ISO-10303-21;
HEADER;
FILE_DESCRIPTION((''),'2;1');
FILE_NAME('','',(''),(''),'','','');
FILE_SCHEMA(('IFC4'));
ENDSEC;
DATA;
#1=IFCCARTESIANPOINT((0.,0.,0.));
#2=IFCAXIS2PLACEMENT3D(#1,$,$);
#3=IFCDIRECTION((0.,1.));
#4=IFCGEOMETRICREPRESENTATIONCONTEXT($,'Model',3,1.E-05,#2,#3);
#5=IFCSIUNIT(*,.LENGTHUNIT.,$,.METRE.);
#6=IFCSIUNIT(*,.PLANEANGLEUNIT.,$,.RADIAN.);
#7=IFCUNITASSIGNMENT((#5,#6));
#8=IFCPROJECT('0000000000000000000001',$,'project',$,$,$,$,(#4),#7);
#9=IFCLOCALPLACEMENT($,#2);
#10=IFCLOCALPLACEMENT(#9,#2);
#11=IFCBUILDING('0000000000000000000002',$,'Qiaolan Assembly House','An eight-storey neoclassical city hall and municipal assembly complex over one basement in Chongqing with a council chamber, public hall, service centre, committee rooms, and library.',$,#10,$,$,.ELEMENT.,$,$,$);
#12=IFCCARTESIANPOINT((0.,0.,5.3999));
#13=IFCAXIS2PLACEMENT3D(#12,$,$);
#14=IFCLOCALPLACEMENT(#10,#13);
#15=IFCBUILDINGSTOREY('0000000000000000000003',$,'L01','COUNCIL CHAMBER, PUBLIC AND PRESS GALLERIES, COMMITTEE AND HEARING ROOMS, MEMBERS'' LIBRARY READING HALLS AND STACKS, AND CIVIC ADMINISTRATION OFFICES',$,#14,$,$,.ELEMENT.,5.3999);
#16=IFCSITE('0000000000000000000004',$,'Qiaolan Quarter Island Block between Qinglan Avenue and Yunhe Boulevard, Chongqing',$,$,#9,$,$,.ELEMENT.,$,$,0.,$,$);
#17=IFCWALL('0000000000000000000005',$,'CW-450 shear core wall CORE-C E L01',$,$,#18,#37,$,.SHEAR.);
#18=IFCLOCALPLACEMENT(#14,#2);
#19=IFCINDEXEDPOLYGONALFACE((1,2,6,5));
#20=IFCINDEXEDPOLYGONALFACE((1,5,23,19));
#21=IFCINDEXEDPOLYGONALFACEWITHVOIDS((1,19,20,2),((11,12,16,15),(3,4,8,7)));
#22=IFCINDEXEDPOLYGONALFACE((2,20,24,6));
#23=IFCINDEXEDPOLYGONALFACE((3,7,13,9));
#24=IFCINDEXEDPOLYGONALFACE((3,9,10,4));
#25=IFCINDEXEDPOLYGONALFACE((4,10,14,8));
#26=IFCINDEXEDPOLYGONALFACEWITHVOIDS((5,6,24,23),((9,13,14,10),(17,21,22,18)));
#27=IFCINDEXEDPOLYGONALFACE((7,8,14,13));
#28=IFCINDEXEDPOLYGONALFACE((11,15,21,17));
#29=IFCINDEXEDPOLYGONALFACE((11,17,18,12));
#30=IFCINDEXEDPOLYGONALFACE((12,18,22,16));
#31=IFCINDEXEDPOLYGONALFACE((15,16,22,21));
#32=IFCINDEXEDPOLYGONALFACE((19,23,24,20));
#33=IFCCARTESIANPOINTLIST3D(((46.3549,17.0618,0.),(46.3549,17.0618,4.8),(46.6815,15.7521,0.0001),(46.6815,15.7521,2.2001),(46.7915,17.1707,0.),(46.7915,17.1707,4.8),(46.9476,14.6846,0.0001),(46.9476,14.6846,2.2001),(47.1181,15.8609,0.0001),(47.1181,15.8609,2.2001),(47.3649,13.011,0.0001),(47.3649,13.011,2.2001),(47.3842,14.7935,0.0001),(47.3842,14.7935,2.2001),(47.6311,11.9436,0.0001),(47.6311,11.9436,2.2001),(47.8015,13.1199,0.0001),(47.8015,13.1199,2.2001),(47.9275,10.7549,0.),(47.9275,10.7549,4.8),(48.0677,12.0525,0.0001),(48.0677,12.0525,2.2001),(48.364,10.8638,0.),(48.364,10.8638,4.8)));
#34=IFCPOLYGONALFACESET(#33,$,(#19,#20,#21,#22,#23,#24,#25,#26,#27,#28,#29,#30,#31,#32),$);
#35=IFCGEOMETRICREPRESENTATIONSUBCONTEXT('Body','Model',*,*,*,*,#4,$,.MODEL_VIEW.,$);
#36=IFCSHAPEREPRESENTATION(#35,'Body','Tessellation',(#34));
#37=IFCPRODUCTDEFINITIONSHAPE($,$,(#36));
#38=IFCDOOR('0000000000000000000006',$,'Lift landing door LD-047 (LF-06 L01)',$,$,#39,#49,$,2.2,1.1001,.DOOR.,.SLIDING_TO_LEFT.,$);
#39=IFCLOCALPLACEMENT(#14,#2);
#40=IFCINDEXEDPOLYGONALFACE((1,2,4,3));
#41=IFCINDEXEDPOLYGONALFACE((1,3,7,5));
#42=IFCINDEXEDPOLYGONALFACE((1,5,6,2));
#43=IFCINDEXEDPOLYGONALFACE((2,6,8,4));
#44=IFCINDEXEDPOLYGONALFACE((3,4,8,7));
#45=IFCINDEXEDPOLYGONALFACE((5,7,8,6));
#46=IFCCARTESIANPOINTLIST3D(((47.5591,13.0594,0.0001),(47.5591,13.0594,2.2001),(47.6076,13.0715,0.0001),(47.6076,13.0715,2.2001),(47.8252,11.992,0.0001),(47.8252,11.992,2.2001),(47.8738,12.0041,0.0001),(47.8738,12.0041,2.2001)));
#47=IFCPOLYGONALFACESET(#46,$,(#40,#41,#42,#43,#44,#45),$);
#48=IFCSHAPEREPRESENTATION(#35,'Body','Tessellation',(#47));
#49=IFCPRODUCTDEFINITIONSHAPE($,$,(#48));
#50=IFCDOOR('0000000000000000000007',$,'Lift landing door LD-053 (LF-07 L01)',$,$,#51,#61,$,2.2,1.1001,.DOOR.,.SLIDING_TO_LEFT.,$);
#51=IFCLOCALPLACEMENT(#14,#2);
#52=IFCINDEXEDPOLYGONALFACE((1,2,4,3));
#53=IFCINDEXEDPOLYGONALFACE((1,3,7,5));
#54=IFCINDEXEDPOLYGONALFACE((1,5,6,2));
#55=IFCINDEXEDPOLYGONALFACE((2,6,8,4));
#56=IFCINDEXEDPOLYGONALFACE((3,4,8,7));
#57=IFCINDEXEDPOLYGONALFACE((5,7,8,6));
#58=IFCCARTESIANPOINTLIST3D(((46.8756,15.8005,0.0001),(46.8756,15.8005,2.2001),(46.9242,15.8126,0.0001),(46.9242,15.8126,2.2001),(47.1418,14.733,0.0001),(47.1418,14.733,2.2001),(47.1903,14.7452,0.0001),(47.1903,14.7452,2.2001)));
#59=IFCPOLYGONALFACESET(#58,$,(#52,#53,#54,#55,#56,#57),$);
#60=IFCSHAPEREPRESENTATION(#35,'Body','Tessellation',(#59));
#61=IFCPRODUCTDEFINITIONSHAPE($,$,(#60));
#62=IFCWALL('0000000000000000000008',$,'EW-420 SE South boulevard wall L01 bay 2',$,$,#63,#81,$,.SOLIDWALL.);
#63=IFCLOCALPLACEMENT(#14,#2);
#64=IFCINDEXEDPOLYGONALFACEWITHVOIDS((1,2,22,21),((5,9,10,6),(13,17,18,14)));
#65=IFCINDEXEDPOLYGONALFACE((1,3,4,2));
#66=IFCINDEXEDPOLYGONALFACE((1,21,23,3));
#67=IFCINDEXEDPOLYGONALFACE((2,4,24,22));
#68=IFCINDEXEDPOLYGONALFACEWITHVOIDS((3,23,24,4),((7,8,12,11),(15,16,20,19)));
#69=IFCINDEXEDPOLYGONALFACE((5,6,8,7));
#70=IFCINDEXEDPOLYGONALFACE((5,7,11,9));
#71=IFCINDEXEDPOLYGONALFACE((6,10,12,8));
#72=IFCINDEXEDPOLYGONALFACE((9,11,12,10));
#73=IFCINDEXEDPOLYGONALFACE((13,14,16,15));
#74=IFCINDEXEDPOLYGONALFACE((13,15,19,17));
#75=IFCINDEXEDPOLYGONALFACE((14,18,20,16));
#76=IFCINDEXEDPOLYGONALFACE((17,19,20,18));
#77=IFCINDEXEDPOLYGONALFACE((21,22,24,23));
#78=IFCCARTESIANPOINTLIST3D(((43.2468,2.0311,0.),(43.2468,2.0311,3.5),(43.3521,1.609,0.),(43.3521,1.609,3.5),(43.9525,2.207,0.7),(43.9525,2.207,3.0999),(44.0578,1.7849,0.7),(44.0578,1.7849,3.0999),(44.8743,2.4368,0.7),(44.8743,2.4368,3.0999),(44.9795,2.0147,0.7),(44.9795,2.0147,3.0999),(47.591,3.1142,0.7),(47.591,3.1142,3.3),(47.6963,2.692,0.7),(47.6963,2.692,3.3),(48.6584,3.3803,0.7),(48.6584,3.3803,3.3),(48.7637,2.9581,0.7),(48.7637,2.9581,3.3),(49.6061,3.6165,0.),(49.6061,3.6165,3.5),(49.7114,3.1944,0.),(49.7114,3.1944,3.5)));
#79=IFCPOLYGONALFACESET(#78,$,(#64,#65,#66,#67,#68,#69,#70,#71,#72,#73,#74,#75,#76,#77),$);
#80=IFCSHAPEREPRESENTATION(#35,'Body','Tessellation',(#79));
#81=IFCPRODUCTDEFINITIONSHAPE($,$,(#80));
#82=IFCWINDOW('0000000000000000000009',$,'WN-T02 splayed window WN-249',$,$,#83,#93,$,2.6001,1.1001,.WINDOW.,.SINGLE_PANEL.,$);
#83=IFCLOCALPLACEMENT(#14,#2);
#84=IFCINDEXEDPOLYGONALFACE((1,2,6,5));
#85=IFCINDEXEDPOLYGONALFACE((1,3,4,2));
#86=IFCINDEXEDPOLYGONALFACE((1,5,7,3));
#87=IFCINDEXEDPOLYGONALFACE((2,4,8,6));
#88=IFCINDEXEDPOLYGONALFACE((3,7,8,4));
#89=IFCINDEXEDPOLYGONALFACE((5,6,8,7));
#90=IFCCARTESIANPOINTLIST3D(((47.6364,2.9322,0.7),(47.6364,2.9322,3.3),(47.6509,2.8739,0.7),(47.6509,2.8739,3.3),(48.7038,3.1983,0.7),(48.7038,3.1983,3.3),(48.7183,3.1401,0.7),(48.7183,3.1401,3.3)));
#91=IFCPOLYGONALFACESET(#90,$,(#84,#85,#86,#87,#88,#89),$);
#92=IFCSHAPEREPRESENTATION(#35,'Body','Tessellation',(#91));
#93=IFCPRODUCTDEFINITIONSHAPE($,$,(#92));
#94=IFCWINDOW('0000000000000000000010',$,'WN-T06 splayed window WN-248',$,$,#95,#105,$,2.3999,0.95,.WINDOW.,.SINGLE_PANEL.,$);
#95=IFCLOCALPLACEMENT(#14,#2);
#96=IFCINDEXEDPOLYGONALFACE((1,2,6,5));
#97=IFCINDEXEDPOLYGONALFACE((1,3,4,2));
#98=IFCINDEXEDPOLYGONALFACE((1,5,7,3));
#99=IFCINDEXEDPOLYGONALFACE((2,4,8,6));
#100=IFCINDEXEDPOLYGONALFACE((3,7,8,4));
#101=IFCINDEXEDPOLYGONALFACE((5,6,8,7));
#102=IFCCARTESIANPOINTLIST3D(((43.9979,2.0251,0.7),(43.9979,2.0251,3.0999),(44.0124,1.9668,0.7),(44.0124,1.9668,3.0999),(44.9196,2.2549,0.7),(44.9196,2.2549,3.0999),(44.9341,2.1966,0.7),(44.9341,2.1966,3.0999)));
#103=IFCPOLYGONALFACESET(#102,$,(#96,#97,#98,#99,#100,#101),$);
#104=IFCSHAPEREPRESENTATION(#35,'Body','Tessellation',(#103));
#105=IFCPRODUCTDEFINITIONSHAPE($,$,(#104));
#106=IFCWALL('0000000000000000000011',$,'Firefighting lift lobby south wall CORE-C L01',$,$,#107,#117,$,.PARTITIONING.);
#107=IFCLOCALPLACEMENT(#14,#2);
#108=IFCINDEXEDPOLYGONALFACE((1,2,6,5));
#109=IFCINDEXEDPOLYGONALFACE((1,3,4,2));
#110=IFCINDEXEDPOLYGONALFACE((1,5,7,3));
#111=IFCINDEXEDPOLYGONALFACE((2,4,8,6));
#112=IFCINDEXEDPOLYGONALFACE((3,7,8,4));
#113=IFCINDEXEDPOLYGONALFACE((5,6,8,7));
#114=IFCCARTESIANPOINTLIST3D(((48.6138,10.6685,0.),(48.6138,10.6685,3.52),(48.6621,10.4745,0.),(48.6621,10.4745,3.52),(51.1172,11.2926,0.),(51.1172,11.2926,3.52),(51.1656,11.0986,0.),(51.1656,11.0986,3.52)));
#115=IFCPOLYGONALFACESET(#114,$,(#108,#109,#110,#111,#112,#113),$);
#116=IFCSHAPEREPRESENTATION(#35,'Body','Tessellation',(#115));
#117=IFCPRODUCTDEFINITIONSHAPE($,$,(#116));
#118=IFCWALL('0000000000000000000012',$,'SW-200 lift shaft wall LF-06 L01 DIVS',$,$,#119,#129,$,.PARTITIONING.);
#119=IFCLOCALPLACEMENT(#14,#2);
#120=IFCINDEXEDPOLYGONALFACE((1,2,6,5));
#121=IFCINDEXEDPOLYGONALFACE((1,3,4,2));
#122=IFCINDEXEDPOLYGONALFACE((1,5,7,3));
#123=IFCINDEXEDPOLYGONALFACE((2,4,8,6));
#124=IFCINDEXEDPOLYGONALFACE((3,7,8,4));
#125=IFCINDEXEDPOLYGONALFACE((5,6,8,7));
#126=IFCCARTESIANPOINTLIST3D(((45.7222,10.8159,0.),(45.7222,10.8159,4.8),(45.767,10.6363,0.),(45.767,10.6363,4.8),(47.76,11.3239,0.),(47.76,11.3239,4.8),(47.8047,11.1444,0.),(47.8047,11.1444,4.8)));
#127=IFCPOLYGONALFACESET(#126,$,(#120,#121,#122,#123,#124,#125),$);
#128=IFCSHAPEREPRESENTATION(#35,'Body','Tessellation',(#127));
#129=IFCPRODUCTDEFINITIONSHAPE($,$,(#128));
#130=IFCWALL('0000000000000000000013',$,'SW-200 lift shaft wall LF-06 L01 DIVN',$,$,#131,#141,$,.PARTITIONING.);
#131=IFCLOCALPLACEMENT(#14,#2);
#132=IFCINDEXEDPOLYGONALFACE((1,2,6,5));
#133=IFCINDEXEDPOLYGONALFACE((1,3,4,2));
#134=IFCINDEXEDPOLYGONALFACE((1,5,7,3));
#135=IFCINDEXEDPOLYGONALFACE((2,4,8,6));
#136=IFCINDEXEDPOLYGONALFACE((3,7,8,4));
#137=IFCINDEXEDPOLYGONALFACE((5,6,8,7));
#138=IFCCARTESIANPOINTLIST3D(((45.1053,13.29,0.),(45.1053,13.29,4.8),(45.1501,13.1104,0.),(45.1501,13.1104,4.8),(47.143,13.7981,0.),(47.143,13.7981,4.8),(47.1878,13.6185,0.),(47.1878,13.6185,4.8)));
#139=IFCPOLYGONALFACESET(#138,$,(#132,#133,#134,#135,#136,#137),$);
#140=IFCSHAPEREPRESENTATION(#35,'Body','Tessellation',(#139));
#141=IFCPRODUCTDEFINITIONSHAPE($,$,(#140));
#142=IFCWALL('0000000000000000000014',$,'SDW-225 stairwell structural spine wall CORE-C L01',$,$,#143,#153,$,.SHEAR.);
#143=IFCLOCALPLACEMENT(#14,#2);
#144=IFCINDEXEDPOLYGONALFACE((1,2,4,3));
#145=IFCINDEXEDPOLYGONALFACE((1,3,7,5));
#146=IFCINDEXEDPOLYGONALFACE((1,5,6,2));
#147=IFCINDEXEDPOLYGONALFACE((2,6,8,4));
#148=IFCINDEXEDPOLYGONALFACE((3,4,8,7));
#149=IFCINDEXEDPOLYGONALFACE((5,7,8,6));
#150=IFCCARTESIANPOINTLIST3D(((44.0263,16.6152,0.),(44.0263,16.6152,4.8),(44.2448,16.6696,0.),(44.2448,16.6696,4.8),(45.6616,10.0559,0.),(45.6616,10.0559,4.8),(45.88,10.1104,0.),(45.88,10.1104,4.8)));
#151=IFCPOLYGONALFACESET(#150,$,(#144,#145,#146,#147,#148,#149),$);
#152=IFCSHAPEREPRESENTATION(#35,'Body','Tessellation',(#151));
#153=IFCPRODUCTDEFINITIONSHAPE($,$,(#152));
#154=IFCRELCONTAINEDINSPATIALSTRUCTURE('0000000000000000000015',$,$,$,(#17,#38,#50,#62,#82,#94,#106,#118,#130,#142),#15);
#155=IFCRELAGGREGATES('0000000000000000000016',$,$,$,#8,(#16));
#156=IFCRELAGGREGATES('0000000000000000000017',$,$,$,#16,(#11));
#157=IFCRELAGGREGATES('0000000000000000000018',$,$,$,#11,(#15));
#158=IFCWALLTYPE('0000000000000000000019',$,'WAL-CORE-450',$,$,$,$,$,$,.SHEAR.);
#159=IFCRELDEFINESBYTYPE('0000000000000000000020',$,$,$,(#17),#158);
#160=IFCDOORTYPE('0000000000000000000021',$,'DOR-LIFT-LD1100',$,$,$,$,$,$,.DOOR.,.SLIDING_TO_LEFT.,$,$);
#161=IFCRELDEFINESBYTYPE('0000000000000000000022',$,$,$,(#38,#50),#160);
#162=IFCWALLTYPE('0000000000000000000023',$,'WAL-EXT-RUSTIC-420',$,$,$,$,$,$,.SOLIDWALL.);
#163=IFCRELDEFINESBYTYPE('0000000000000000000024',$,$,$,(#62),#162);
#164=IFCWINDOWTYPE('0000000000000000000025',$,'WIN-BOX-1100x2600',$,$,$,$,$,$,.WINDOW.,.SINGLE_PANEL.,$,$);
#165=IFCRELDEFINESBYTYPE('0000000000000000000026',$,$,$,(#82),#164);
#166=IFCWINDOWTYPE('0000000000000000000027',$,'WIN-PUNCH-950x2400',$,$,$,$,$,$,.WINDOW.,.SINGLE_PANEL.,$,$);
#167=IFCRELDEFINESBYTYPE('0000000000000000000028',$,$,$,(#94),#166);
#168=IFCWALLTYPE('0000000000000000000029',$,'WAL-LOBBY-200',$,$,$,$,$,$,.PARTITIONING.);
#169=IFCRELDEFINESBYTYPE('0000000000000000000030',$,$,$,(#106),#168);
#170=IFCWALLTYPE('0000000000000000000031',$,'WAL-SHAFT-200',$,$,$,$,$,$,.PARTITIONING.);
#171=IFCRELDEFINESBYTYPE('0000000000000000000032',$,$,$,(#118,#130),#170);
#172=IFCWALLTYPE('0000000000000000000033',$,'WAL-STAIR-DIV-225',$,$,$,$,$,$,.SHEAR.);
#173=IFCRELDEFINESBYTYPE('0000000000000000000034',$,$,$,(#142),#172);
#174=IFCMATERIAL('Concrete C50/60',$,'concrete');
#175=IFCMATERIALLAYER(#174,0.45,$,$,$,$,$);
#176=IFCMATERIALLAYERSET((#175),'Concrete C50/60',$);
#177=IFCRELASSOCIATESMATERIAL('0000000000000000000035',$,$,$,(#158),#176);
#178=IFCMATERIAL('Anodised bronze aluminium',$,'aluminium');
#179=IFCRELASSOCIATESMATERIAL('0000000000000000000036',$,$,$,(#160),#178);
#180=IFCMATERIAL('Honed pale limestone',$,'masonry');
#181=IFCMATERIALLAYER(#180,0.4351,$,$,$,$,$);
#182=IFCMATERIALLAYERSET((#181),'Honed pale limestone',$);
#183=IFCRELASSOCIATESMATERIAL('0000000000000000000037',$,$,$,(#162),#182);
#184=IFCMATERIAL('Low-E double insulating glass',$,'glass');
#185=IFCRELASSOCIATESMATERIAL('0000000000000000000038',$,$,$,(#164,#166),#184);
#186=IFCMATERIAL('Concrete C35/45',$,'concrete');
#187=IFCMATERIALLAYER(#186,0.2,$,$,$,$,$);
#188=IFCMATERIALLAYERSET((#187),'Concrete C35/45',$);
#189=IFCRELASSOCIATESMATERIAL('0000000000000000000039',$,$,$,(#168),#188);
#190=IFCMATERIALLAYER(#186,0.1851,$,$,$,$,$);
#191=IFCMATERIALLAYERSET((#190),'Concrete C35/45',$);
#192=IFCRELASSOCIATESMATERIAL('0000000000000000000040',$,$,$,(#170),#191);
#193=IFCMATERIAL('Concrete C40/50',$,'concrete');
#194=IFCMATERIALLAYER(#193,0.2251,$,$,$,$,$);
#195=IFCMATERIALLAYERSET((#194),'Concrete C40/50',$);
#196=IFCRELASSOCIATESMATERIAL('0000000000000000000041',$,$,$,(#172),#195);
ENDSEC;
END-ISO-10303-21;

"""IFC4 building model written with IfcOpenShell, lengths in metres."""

from ifc_helpers import new_model, si_unit, direction, frame, frame_2d, origin, place, context, subcontext, project, spatial, rectangle, extrude, material, layer, layer_set, type_object, element, fill, save


model = new_model("IFC4")

# Units and contexts
model_context = context("Model", 3, precision=1e-05, world=origin(), true_north=direction((0.0, 1.0)))
body_context = subcontext(model_context, "Body", "Model", "MODEL_VIEW")
ifc_project = project(units=[si_unit("LENGTHUNIT", "METRE"), si_unit("PLANEANGLEUNIT", "RADIAN")], contexts=[model_context])

# Site, building, storey
site_placement = place(None, origin())
site = spatial("IfcSite", under=ifc_project, at=site_placement, Name="Qiaolan Quarter Island Block between Qinglan Avenue and Yunhe Boulevard, Chongqing", CompositionType="ELEMENT", RefElevation=0.0)
building_placement = place(site_placement, origin())
building = spatial("IfcBuilding", under=site, at=building_placement, Name="Qiaolan Assembly House", Description="An eight-storey neoclassical city hall and municipal assembly complex over one basement in Chongqing with a council chamber, public hall, service centre, committee rooms, and library.", CompositionType="ELEMENT")
storey_placement = place(building_placement, frame((0.0, 0.0, 5.3999)))
storey = spatial("IfcBuildingStorey", under=building, at=storey_placement, Name="L01", Description="COUNCIL CHAMBER, PUBLIC AND PRESS GALLERIES, COMMITTEE AND HEARING ROOMS, MEMBERS' LIBRARY READING HALLS AND STACKS, AND CIVIC ADMINISTRATION OFFICES", CompositionType="ELEMENT", Elevation=5.3999)

# Shared definitions
ifc_material_1 = material(Name="Concrete C50/60", Category="concrete")

# Shared definitions
ifc_material_2 = material(Name="Concrete C40/50", Category="concrete")

# Shared definitions
ifc_material_3 = material(Name="Honed pale limestone", Category="masonry")

# Wall, openings, doors
ifc_layer_1 = layer(ifc_material_1, 0.45)
ifc_layer_set_1 = layer_set([ifc_layer_1], Name="Concrete C50/60")
wall_type_1 = type_object("IfcWallType", Name="WAL-CORE-450", PredefinedType="SHEAR", material=ifc_layer_set_1)
wall_1_placement = place(storey_placement, frame((48.1458, 10.8093, 0.0), z_axis=(0.0, 0.0, 1.0), x_axis=(-0.241926, 0.970295, 0.0)))
wall_1 = element("IfcWall", 1, at=wall_1_placement, inside=storey, type_object=wall_type_1, Name="CW-450 shear core wall CORE-C E L01", PredefinedType="SHEAR", context=body_context, shape_type="SweptSolid", body=[
    extrude(rectangle(XDim=6.5, YDim=0.45, at=frame_2d((3.25, 0.0))), origin(), (0.0, 0.0, 1.0), 4.8),
])
opening_1_placement = place(wall_1_placement, frame((1.2251, 0.0, 0.0)))
opening_1 = element("IfcOpeningElement", 2, at=opening_1_placement, cuts=wall_1, PredefinedType="OPENING", context=body_context, shape_type="SweptSolid", body=[
    extrude(rectangle(XDim=1.1001, YDim=2.2, at=frame_2d((0.55, 1.1001))), frame((0.0, 0.2349, 0.0), z_axis=(0.0, -1.0, 0.0), x_axis=(1.0, 0.0, 0.0)), (0.0, 0.0, 1.0), 0.47),
])
opening_2_placement = place(wall_1_placement, frame((4.05, 0.0, 0.0)))
opening_2 = element("IfcOpeningElement", 3, at=opening_2_placement, cuts=wall_1, PredefinedType="OPENING", context=body_context, shape_type="SweptSolid", body=[
    extrude(rectangle(XDim=1.1001, YDim=2.2, at=frame_2d((0.55, 1.1001))), frame((0.0, 0.2349, 0.0), z_axis=(0.0, -1.0, 0.0), x_axis=(1.0, 0.0, 0.0)), (0.0, 0.0, 1.0), 0.47),
])
ifc_material_4 = material(Name="Anodised bronze aluminium", Category="aluminium")
door_type = type_object("IfcDoorType", Name="DOR-LIFT-LD1100", OperationType="SLIDING_TO_LEFT", PredefinedType="DOOR", material=ifc_material_4)
door_1_placement = place(opening_1_placement, origin())
door_1 = element("IfcDoor", 4, at=door_1_placement, inside=storey, type_object=door_type, Name="Lift landing door LD-047 (LF-06 L01)", OperationType="SLIDING_TO_LEFT", OverallHeight=2.2, OverallWidth=1.1001, PredefinedType="DOOR", context=body_context, shape_type="SweptSolid", body=[
    extrude(rectangle(XDim=1.1001, YDim=2.2, at=frame_2d((0.55, 1.1001))), frame((0.0, 0.0249, 0.0), z_axis=(0.0, -1.0, 0.0), x_axis=(1.0, 0.0, 0.0)), (0.0, 0.0, 1.0), 0.05),
])
fill(opening_1, door_1)
door_2_placement = place(opening_2_placement, origin())
door_2 = element("IfcDoor", 5, at=door_2_placement, inside=storey, type_object=door_type, Name="Lift landing door LD-053 (LF-07 L01)", OperationType="SLIDING_TO_LEFT", OverallHeight=2.2, OverallWidth=1.1001, PredefinedType="DOOR", context=body_context, shape_type="SweptSolid", body=[
    extrude(rectangle(XDim=1.1001, YDim=2.2, at=frame_2d((0.55, 1.1001))), frame((0.0, 0.0249, 0.0), z_axis=(0.0, -1.0, 0.0), x_axis=(1.0, 0.0, 0.0)), (0.0, 0.0, 1.0), 0.05),
])
fill(opening_2, door_2)

# Wall, openings, windows
ifc_layer_2 = layer(ifc_material_3, 0.4351)
ifc_layer_set_2 = layer_set([ifc_layer_2], Name="Honed pale limestone")
wall_type_2 = type_object("IfcWallType", Name="WAL-EXT-RUSTIC-420", PredefinedType="SOLIDWALL", material=ifc_layer_set_2)
wall_2_placement = place(storey_placement, frame((43.2996, 1.8201, 0.0), z_axis=(0.0, 0.0, 1.0), x_axis=(0.9703, 0.241905, 0.0)))
wall_2 = element("IfcWall", 6, at=wall_2_placement, inside=storey, type_object=wall_type_2, Name="EW-420 SE South boulevard wall L01 bay 2", PredefinedType="SOLIDWALL", context=body_context, shape_type="SweptSolid", body=[
    extrude(rectangle(XDim=6.554, YDim=0.4351, at=frame_2d((3.2769, 0.0))), origin(), (0.0, 0.0, 1.0), 3.5),
])
opening_3_placement = place(wall_2_placement, frame((0.7271, 0.0, 0.7)))
opening_3 = element("IfcOpeningElement", 7, at=opening_3_placement, cuts=wall_2, PredefinedType="OPENING", context=body_context, shape_type="SweptSolid", body=[
    extrude(rectangle(XDim=0.95, YDim=2.3999, at=frame_2d((0.4751, 1.2))), frame((0.0, 0.2275, 0.0), z_axis=(0.0, -1.0, 0.0), x_axis=(1.0, 0.0, 0.0)), (0.0, 0.0, 1.0), 0.4551),
])
opening_4_placement = place(wall_2_placement, frame((4.4771, 0.0, 0.7)))
opening_4 = element("IfcOpeningElement", 8, at=opening_4_placement, cuts=wall_2, PredefinedType="OPENING", context=body_context, shape_type="SweptSolid", body=[
    extrude(rectangle(XDim=1.1001, YDim=2.6001, at=frame_2d((0.55, 1.3))), frame((0.0, 0.2275, 0.0), z_axis=(0.0, -1.0, 0.0), x_axis=(1.0, 0.0, 0.0)), (0.0, 0.0, 1.0), 0.4551),
])
ifc_material_5 = material(Name="Low-E double insulating glass", Category="glass")
window_type_1 = type_object("IfcWindowType", Name="WIN-BOX-1100x2600", PartitioningType="SINGLE_PANEL", PredefinedType="WINDOW", material=ifc_material_5)
window_1_placement = place(opening_4_placement, origin())
window_1 = element("IfcWindow", 9, at=window_1_placement, inside=storey, type_object=window_type_1, Name="WN-T02 splayed window WN-249", OverallHeight=2.6001, OverallWidth=1.1001, PartitioningType="SINGLE_PANEL", PredefinedType="WINDOW", context=body_context, shape_type="SweptSolid", body=[
    extrude(rectangle(XDim=1.1001, YDim=2.6001, at=frame_2d((0.55, 1.3))), frame((0.0, 0.03, 0.0), z_axis=(0.0, -1.0, 0.0), x_axis=(1.0, 0.0, 0.0)), (0.0, 0.0, 1.0), 0.0601),
])
fill(opening_4, window_1)
window_type_2 = type_object("IfcWindowType", Name="WIN-PUNCH-950x2400", PartitioningType="SINGLE_PANEL", PredefinedType="WINDOW", material=ifc_material_5)
window_2_placement = place(opening_3_placement, origin())
window_2 = element("IfcWindow", 10, at=window_2_placement, inside=storey, type_object=window_type_2, Name="WN-T06 splayed window WN-248", OverallHeight=2.3999, OverallWidth=0.95, PartitioningType="SINGLE_PANEL", PredefinedType="WINDOW", context=body_context, shape_type="SweptSolid", body=[
    extrude(rectangle(XDim=0.95, YDim=2.3999, at=frame_2d((0.4751, 1.2))), frame((0.0, 0.03, 0.0), z_axis=(0.0, -1.0, 0.0), x_axis=(1.0, 0.0, 0.0)), (0.0, 0.0, 1.0), 0.0601),
])
fill(opening_3, window_2)

# Walls
ifc_material_6 = material(Name="Concrete C35/45", Category="concrete")
ifc_layer_3 = layer(ifc_material_6, 0.2)
ifc_layer_set_3 = layer_set([ifc_layer_3], Name="Concrete C35/45")
wall_type_3 = type_object("IfcWallType", Name="WAL-LOBBY-200", PredefinedType="PARTITIONING", material=ifc_layer_set_3)
wall_3_placement = place(storey_placement, frame((48.6379, 10.5715, 0.0), z_axis=(0.0, 0.0, 1.0), x_axis=(0.970309, 0.241868, 0.0)))
element("IfcWall", 11, at=wall_3_placement, inside=storey, type_object=wall_type_3, Name="Firefighting lift lobby south wall CORE-C L01", PredefinedType="PARTITIONING", context=body_context, shape_type="SweptSolid", body=[
    extrude(rectangle(XDim=2.5801, YDim=0.2, at=frame_2d((1.29, 0.0))), origin(), (0.0, 0.0, 1.0), 3.52),
])
ifc_layer_4 = layer(ifc_material_6, 0.1851)
ifc_layer_set_4 = layer_set([ifc_layer_4], Name="Concrete C35/45")
wall_type_4 = type_object("IfcWallType", Name="WAL-SHAFT-200", PredefinedType="PARTITIONING", material=ifc_layer_set_4)
for number, where, z_axis, x_axis, name in (
    (12, (45.7446, 10.7261, 0.0), (0.0, 0.0, 1.0), (0.970293, 0.241934, 0.0), "SW-200 lift shaft wall LF-06 L01 DIVS"),
    (13, (45.1277, 13.2002, 0.0), (0.0, 0.0, 1.0), (0.970293, 0.241934, 0.0), "SW-200 lift shaft wall LF-06 L01 DIVN"),
):
    element("IfcWall", number, at=place(storey_placement, frame(where, z_axis=z_axis, x_axis=x_axis)), inside=storey, type_object=wall_type_4, Name=name, PredefinedType="PARTITIONING", context=body_context, shape_type="SweptSolid", body=[
        extrude(rectangle(XDim=2.1001, YDim=0.1851, at=frame_2d((1.05, 0.0))), origin(), (0.0, 0.0, 1.0), 4.8),
    ])
ifc_layer_5 = layer(ifc_material_2, 0.2251)
ifc_layer_set_5 = layer_set([ifc_layer_5], Name="Concrete C40/50")
wall_type_5 = type_object("IfcWallType", Name="WAL-STAIR-DIV-225", PredefinedType="SHEAR", material=ifc_layer_set_5)
wall_4_placement = place(storey_placement, frame((45.7708, 10.0833, 0.0), z_axis=(0.0, 0.0, 1.0), x_axis=(-0.241898, 0.970302, 0.0)))
element("IfcWall", 14, at=wall_4_placement, inside=storey, type_object=wall_type_5, Name="SDW-225 stairwell structural spine wall CORE-C L01", PredefinedType="SHEAR", context=body_context, shape_type="SweptSolid", body=[
    extrude(rectangle(XDim=6.76, YDim=0.2251, at=frame_2d((3.3799, 0.0))), origin(), (0.0, 0.0, 1.0), 4.8),
])

save(model, "model.ifc")
